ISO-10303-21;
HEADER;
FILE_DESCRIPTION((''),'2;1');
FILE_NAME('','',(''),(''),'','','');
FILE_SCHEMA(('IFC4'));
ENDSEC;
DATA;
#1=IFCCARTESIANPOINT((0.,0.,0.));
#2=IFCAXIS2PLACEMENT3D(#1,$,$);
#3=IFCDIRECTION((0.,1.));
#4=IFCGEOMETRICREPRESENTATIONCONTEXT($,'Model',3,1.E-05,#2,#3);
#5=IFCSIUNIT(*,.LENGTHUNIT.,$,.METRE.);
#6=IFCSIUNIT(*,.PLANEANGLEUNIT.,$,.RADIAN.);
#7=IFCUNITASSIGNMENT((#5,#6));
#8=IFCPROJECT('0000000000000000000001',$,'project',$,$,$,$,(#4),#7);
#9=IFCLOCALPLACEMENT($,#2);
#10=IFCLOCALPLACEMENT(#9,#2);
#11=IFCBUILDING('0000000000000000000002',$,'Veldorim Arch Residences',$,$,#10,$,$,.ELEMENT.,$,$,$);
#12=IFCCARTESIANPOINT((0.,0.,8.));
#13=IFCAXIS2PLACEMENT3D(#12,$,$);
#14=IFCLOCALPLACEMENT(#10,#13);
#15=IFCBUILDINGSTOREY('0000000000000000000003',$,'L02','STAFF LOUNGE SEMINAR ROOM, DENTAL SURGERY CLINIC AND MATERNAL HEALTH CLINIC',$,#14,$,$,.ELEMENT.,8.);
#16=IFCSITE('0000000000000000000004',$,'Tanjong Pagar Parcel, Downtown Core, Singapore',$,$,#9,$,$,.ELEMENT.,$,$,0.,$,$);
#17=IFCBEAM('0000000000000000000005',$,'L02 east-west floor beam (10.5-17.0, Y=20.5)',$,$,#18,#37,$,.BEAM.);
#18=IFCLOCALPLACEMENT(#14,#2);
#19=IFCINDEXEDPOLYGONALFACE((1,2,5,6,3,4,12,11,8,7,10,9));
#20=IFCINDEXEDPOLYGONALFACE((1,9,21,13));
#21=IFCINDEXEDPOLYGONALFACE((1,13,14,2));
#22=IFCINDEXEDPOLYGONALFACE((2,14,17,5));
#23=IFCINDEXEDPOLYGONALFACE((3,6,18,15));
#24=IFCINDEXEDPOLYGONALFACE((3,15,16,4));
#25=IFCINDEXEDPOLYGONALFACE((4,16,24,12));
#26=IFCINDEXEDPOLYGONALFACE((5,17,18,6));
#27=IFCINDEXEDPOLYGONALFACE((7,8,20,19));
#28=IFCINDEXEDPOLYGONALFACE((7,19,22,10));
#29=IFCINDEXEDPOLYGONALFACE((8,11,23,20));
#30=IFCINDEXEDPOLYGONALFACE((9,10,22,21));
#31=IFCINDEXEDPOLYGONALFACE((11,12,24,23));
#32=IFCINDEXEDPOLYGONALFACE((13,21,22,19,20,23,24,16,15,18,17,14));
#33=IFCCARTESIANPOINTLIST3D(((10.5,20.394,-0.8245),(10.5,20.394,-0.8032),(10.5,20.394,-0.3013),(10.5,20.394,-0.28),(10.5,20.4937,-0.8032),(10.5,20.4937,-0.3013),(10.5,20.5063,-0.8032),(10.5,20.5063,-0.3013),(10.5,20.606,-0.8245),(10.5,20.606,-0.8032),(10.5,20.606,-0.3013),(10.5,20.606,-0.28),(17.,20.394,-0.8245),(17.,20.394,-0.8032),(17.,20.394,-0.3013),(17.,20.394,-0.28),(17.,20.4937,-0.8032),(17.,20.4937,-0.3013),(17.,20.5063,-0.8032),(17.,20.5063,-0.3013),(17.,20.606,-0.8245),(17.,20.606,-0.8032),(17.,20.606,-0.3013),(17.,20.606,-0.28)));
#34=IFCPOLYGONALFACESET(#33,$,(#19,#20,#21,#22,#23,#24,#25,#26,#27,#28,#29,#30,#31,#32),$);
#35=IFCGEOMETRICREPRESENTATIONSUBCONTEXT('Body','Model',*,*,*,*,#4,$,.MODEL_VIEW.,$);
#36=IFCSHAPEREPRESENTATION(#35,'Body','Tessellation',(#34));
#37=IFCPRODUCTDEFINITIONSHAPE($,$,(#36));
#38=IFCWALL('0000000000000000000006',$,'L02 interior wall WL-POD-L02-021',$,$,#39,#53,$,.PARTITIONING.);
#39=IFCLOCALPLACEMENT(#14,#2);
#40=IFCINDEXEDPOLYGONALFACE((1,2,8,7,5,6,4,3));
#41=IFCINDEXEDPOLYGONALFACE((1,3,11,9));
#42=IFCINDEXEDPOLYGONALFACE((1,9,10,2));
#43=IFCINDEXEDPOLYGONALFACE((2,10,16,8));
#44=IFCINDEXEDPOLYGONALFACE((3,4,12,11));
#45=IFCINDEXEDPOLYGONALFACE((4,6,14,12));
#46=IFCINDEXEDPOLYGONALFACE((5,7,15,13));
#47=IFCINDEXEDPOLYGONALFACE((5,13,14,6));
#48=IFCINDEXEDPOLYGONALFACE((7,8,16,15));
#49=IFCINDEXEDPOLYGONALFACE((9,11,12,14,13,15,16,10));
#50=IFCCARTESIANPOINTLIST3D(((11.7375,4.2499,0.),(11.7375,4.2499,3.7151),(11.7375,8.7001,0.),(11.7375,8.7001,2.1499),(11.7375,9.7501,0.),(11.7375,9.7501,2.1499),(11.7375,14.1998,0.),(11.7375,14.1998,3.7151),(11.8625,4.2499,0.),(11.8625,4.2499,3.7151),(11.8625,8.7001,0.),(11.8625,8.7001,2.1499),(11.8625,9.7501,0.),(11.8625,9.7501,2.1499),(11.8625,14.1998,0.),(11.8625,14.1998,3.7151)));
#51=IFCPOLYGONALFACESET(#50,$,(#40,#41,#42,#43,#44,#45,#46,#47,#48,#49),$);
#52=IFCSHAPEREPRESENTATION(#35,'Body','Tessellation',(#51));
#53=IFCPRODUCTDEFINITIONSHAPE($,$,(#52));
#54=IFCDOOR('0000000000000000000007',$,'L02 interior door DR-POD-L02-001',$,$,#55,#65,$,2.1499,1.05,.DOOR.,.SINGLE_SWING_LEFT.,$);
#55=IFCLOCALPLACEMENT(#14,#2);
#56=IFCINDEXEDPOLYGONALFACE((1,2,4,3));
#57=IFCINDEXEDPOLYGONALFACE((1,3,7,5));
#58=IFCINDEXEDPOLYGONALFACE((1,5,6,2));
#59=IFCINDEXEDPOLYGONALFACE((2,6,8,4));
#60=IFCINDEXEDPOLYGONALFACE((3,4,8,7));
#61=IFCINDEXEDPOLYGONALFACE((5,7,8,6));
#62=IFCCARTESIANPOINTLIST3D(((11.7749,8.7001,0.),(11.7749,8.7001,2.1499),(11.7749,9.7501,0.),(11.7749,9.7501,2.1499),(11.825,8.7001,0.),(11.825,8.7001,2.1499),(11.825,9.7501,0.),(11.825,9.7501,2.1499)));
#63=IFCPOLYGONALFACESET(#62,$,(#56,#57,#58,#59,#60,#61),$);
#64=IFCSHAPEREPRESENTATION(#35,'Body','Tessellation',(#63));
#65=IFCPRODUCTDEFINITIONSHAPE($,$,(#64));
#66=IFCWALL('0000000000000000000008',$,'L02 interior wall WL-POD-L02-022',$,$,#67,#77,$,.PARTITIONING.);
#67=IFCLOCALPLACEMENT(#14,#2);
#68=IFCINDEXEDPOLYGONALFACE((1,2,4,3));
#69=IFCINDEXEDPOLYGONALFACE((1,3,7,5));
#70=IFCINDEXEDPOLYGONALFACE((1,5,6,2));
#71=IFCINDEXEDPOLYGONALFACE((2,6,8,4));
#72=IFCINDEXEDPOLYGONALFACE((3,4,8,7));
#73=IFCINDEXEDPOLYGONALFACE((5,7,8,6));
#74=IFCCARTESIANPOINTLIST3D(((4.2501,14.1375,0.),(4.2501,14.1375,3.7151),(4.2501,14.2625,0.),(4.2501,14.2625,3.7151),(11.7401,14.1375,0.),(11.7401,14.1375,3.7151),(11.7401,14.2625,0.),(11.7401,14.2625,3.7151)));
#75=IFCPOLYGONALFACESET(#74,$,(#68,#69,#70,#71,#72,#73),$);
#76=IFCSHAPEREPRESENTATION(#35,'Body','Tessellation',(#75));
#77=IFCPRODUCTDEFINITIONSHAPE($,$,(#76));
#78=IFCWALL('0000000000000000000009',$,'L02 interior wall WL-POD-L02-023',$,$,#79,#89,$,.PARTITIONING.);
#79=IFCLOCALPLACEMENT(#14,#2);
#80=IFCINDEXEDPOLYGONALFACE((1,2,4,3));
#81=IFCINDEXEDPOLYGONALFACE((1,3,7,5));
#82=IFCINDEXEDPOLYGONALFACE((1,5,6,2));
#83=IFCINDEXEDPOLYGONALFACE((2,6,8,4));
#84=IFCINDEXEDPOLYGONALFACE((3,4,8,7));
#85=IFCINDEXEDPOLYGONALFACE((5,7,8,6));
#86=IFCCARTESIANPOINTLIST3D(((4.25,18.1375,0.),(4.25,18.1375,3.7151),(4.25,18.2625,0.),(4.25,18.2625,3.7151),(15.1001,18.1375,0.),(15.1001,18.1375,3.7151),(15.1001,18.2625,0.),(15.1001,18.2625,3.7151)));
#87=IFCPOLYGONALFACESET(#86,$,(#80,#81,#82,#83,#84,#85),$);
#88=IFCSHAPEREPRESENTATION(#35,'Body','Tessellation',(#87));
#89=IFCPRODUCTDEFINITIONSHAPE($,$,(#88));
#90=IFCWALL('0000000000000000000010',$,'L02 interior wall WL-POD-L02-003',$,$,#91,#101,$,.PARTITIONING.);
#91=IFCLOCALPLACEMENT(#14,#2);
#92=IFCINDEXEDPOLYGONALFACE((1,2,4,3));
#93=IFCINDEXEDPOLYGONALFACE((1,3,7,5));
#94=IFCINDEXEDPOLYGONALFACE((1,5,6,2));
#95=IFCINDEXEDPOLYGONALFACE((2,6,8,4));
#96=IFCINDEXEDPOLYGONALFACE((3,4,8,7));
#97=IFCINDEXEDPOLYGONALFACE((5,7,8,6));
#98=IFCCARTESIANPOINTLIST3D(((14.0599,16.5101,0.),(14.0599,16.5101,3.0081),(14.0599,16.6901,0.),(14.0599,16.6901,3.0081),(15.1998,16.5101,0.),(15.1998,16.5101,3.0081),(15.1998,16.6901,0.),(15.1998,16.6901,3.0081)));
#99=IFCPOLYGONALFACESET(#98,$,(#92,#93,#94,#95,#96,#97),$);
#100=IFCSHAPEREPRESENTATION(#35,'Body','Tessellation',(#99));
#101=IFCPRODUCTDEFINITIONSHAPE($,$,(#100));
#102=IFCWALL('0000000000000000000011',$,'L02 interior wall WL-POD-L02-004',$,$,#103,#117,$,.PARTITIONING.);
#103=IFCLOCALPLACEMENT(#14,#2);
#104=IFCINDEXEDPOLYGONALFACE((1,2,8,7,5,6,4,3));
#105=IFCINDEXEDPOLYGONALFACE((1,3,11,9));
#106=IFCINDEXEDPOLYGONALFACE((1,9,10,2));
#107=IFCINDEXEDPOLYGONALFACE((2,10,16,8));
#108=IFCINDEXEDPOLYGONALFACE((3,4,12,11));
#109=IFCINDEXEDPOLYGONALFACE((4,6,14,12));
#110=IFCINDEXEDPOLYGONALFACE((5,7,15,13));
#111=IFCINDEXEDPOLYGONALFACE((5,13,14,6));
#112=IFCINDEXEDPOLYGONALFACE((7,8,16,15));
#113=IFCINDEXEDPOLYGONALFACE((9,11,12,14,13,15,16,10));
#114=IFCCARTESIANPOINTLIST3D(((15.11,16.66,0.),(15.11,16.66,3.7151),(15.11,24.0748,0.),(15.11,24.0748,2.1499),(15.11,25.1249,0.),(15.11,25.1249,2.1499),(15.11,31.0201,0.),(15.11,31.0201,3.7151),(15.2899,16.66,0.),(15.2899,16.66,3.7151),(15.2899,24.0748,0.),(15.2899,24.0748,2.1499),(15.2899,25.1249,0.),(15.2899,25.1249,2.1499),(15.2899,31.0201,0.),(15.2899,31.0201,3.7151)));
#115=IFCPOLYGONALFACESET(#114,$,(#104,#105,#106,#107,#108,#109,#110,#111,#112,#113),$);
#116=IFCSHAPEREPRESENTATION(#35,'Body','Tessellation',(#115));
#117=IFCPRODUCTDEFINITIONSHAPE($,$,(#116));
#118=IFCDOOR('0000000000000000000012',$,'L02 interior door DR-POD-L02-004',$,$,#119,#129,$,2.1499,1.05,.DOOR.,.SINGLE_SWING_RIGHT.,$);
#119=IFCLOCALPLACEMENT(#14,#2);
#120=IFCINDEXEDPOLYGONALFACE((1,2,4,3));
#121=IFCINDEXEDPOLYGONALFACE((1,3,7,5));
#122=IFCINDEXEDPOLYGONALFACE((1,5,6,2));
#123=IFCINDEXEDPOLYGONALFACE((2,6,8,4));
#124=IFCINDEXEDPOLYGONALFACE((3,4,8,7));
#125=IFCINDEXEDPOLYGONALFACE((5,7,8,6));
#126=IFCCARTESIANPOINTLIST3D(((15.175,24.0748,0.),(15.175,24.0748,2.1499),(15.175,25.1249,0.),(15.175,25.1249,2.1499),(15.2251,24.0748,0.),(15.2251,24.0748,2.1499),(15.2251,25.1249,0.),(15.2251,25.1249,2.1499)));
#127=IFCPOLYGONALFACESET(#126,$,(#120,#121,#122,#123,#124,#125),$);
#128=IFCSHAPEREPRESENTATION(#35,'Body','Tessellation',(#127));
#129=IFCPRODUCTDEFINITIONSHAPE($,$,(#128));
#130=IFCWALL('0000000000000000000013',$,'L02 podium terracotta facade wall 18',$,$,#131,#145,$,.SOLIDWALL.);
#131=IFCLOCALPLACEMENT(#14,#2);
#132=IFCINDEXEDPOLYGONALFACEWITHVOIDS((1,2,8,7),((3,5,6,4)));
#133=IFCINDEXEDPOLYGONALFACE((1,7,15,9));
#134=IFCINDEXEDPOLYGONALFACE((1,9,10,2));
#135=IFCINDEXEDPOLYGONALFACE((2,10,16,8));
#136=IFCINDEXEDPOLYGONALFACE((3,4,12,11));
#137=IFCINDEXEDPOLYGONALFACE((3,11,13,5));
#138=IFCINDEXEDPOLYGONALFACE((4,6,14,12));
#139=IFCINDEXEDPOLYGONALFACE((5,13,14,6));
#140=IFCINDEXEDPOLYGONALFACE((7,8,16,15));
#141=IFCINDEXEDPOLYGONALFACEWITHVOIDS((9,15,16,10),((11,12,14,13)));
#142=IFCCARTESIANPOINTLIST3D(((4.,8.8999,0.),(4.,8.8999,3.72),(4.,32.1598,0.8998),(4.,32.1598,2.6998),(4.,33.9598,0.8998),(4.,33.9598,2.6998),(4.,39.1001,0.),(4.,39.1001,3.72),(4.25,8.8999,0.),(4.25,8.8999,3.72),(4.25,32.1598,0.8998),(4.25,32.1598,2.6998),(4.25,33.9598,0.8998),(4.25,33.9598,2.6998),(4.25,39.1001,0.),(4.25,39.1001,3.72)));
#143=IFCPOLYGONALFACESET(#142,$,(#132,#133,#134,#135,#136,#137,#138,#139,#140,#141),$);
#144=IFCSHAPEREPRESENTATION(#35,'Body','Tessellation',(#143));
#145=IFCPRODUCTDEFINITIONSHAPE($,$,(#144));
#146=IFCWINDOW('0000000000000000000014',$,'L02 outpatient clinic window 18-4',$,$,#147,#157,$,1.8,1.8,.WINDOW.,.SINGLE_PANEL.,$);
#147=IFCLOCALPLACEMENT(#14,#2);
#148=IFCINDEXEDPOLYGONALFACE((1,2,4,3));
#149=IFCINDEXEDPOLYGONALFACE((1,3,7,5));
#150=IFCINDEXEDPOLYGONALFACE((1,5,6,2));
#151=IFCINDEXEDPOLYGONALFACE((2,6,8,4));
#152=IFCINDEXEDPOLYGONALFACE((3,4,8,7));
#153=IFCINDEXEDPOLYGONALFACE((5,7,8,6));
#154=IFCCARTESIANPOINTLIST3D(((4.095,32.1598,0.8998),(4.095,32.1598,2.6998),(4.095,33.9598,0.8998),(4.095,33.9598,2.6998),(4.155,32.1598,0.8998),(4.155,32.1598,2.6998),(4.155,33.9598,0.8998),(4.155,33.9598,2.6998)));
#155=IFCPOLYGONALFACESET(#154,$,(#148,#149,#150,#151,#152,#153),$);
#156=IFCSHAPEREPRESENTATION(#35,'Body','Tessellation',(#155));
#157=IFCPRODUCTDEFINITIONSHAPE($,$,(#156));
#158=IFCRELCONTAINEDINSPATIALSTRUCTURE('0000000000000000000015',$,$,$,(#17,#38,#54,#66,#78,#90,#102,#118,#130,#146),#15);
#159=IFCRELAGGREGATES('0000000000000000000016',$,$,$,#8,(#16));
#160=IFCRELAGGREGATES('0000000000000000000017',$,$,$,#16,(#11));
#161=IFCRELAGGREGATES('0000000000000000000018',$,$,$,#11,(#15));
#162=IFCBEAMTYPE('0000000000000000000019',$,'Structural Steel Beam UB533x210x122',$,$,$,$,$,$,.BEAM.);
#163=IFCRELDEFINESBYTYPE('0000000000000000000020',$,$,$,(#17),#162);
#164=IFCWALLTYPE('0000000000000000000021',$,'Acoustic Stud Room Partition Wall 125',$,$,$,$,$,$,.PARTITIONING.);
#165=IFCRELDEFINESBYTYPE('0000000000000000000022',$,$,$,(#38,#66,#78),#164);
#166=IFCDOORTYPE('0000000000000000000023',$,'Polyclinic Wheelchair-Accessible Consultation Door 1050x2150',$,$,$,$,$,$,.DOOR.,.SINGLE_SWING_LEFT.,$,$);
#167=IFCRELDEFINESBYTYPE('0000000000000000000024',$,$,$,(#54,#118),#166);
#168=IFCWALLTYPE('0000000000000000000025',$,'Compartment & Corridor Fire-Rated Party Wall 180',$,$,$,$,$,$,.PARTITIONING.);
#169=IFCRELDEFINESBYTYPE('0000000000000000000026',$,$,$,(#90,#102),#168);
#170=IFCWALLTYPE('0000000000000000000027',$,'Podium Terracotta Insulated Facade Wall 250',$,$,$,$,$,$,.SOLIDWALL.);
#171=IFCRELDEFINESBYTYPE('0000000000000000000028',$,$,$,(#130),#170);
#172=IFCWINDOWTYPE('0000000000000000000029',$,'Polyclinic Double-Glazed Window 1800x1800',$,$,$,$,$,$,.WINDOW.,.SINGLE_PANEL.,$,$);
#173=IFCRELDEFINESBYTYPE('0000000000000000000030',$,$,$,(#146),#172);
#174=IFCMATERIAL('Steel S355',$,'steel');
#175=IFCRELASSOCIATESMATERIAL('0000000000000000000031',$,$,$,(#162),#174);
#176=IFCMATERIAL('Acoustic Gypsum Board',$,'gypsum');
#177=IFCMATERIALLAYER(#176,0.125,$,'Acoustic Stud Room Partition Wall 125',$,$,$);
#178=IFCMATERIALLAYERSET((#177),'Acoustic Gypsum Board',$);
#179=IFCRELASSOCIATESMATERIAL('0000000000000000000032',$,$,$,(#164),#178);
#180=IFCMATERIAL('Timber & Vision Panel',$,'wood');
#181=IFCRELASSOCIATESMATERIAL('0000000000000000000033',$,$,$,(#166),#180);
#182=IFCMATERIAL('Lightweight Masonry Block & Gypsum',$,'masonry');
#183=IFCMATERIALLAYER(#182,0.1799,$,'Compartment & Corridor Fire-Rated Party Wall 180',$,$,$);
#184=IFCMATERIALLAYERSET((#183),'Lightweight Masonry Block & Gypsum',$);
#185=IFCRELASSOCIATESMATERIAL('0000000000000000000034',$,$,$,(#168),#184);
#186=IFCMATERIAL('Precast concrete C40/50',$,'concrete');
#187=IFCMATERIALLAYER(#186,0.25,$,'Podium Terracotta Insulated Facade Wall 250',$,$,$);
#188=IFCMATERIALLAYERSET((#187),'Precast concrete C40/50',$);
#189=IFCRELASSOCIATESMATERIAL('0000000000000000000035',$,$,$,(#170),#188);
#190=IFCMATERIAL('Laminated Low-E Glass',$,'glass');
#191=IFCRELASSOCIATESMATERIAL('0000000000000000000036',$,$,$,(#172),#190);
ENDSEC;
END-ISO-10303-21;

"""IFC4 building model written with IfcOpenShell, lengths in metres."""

from ifc_helpers import new_model, si_unit, direction, frame, frame_2d, origin, origin_2d, place, context, subcontext, project, spatial, rectangle, i_section, extrude, material, layer, layer_set, material_profile, profile_set, type_object, element, fill, save


model = new_model("IFC4")

# Units and contexts
model_context = context("Model", 3, precision=1e-05, world=origin(), true_north=direction((0.0, 1.0)))
body_context = subcontext(model_context, "Body", "Model", "MODEL_VIEW")
ifc_project = project(units=[si_unit("LENGTHUNIT", "METRE"), si_unit("PLANEANGLEUNIT", "RADIAN")], contexts=[model_context])

# Site, building, storey
site_placement = place(None, origin())
site = spatial("IfcSite", under=ifc_project, at=site_placement, Name="Tanjong Pagar Parcel, Downtown Core, Singapore", CompositionType="ELEMENT", RefElevation=0.0)
building_placement = place(site_placement, origin())
building = spatial("IfcBuilding", under=site, at=building_placement, Name="Veldorim Arch Residences", CompositionType="ELEMENT")
storey_placement = place(building_placement, frame((0.0, 0.0, 8.0)))
storey = spatial("IfcBuildingStorey", under=building, at=storey_placement, Name="L02", Description="STAFF LOUNGE SEMINAR ROOM, DENTAL SURGERY CLINIC AND MATERNAL HEALTH CLINIC", CompositionType="ELEMENT", Elevation=8.0)

# Beam
ifc_material_1 = material(Name="Steel S355", Category="steel")
ifc_material_profile_1 = material_profile(ifc_material_1, i_section(OverallWidth=0.2119, OverallDepth=0.5444, WebThickness=0.0127, FlangeThickness=0.0212, at=origin_2d()), Name="UB533x210x122")
ifc_profile_set_1 = profile_set([ifc_material_profile_1], Name="Steel S355")
beam_type_1 = type_object("IfcBeamType", Name="Structural Steel Beam UB533x210x122", PredefinedType="BEAM", material=ifc_profile_set_1)
beam_1_placement = place(storey_placement, frame((10.5, 20.5, -0.5522), z_axis=(1.0, 0.0, 0.0), x_axis=(0.0, 1.0, 0.0)))
element("IfcBeam", 1, at=beam_1_placement, inside=storey, type_object=beam_type_1, Name="L02 east-west floor beam (10.5-17.0, Y=20.5)", PredefinedType="BEAM", context=body_context, shape_type="SweptSolid", body=[
    extrude(i_section(OverallWidth=0.2119, OverallDepth=0.5444, WebThickness=0.0127, FlangeThickness=0.0212, at=origin_2d()), origin(), (0.0, 0.0, 1.0), 6.5),
])

# Wall, opening, door
ifc_material_2 = material(Name="Acoustic Gypsum Board", Category="gypsum")
ifc_layer_1 = layer(ifc_material_2, 0.125, Name="Acoustic Stud Room Partition Wall 125")
ifc_layer_set_1 = layer_set([ifc_layer_1], Name="Acoustic Gypsum Board")
wall_type_1 = type_object("IfcWallType", Name="Acoustic Stud Room Partition Wall 125", PredefinedType="PARTITIONING", material=ifc_layer_set_1)
wall_1_placement = place(storey_placement, frame((11.8, 14.2, 0.0), z_axis=(0.0, 0.0, 1.0), x_axis=(0.0, -1.0, 0.0)))
wall_1 = element("IfcWall", 2, at=wall_1_placement, inside=storey, type_object=wall_type_1, Name="L02 interior wall WL-POD-L02-021", PredefinedType="PARTITIONING", context=body_context, shape_type="SweptSolid", body=[
    extrude(rectangle(XDim=9.95, YDim=0.125, at=frame_2d((4.9751, 0.0))), origin(), (0.0, 0.0, 1.0), 3.7151),
])
opening_1_placement = place(wall_1_placement, frame((4.45, 0.0, 0.0)))
opening_1 = element("IfcOpeningElement", 3, at=opening_1_placement, cuts=wall_1, PredefinedType="OPENING", context=body_context, shape_type="SweptSolid", body=[
    extrude(rectangle(XDim=1.05, YDim=2.1499, at=frame_2d((0.5249, 1.075))), frame((0.0, 0.0725, 0.0), z_axis=(0.0, -1.0, 0.0), x_axis=(1.0, 0.0, 0.0)), (0.0, 0.0, 1.0), 0.145),
])
ifc_material_3 = material(Name="Timber & Vision Panel", Category="wood")
door_type = type_object("IfcDoorType", Name="Polyclinic Wheelchair-Accessible Consultation Door 1050x2150", OperationType="SINGLE_SWING_LEFT", PredefinedType="DOOR", material=ifc_material_3)
door_1_placement = place(opening_1_placement, origin())
door_1 = element("IfcDoor", 4, at=door_1_placement, inside=storey, type_object=door_type, Name="L02 interior door DR-POD-L02-001", OperationType="SINGLE_SWING_LEFT", OverallHeight=2.1499, OverallWidth=1.05, PredefinedType="DOOR", context=body_context, shape_type="SweptSolid", body=[
    extrude(rectangle(XDim=1.05, YDim=2.1499, at=frame_2d((0.5249, 1.075))), frame((0.0, 0.0249, 0.0), z_axis=(0.0, -1.0, 0.0), x_axis=(1.0, 0.0, 0.0)), (0.0, 0.0, 1.0), 0.05),
])
fill(opening_1, door_1)

# Walls
wall_2_placement = place(storey_placement, frame((4.25, 14.2, 0.0), z_axis=(0.0, 0.0, 1.0), x_axis=(1.0, 0.0, 0.0)))
element("IfcWall", 5, at=wall_2_placement, inside=storey, type_object=wall_type_1, Name="L02 interior wall WL-POD-L02-022", PredefinedType="PARTITIONING", context=body_context, shape_type="SweptSolid", body=[
    extrude(rectangle(XDim=7.49, YDim=0.125, at=frame_2d((3.7451, 0.0))), origin(), (0.0, 0.0, 1.0), 3.7151),
])
wall_3_placement = place(storey_placement, frame((4.25, 18.2, 0.0), z_axis=(0.0, 0.0, 1.0), x_axis=(1.0, 0.0, 0.0)))
element("IfcWall", 6, at=wall_3_placement, inside=storey, type_object=wall_type_1, Name="L02 interior wall WL-POD-L02-023", PredefinedType="PARTITIONING", context=body_context, shape_type="SweptSolid", body=[
    extrude(rectangle(XDim=10.8501, YDim=0.125, at=frame_2d((5.425, 0.0))), origin(), (0.0, 0.0, 1.0), 3.7151),
])

# Shared definitions
ifc_material_4 = material(Name="Lightweight Masonry Block & Gypsum", Category="masonry")
ifc_layer_2 = layer(ifc_material_4, 0.1799, Name="Compartment & Corridor Fire-Rated Party Wall 180")
ifc_layer_set_2 = layer_set([ifc_layer_2], Name="Lightweight Masonry Block & Gypsum")
wall_type_2 = type_object("IfcWallType", Name="Compartment & Corridor Fire-Rated Party Wall 180", PredefinedType="PARTITIONING", material=ifc_layer_set_2)

# Wall
wall_4_placement = place(storey_placement, frame((14.0601, 16.6001, 0.0), z_axis=(0.0, 0.0, 1.0), x_axis=(1.0, 0.0, 0.0)))
element("IfcWall", 7, at=wall_4_placement, inside=storey, type_object=wall_type_2, Name="L02 interior wall WL-POD-L02-003", PredefinedType="PARTITIONING", context=body_context, shape_type="SweptSolid", body=[
    extrude(rectangle(XDim=1.1399, YDim=0.1799, at=frame_2d((0.5698, 0.0))), origin(), (0.0, 0.0, 1.0), 3.0081),
])

# Wall, opening, door
wall_5_placement = place(storey_placement, frame((15.2, 16.6599, 0.0), z_axis=(0.0, 0.0, 1.0), x_axis=(0.0, 1.0, 0.0)))
wall_5 = element("IfcWall", 8, at=wall_5_placement, inside=storey, type_object=wall_type_2, Name="L02 interior wall WL-POD-L02-004", PredefinedType="PARTITIONING", context=body_context, shape_type="SweptSolid", body=[
    extrude(rectangle(XDim=14.3601, YDim=0.1799, at=frame_2d((7.1802, 0.0))), origin(), (0.0, 0.0, 1.0), 3.7151),
])
opening_2_placement = place(wall_5_placement, frame((7.415, 0.0, 0.0)))
opening_2 = element("IfcOpeningElement", 9, at=opening_2_placement, cuts=wall_5, PredefinedType="OPENING", context=body_context, shape_type="SweptSolid", body=[
    extrude(rectangle(XDim=1.05, YDim=2.1499, at=frame_2d((0.5249, 1.075))), frame((0.0, 0.0999, 0.0), z_axis=(0.0, -1.0, 0.0), x_axis=(1.0, 0.0, 0.0)), (0.0, 0.0, 1.0), 0.2),
])
door_2_placement = place(opening_2_placement, origin())
door_2 = element("IfcDoor", 10, at=door_2_placement, inside=storey, type_object=door_type, Name="L02 interior door DR-POD-L02-004", OperationType="SINGLE_SWING_RIGHT", OverallHeight=2.1499, OverallWidth=1.05, PredefinedType="DOOR", context=body_context, shape_type="SweptSolid", body=[
    extrude(rectangle(XDim=1.05, YDim=2.1499, at=frame_2d((0.5249, 1.075))), frame((0.0, 0.0249, 0.0), z_axis=(0.0, -1.0, 0.0), x_axis=(1.0, 0.0, 0.0)), (0.0, 0.0, 1.0), 0.05),
])
fill(opening_2, door_2)

# Wall, opening, window
ifc_material_5 = material(Name="Precast concrete C40/50", Category="concrete")
ifc_layer_3 = layer(ifc_material_5, 0.25, Name="Podium Terracotta Insulated Facade Wall 250")
ifc_layer_set_3 = layer_set([ifc_layer_3], Name="Precast concrete C40/50")
wall_type_3 = type_object("IfcWallType", Name="Podium Terracotta Insulated Facade Wall 250", PredefinedType="SOLIDWALL", material=ifc_layer_set_3)
wall_6_placement = place(storey_placement, frame((4.125, 8.8999, 0.0), z_axis=(0.0, 0.0, 1.0), x_axis=(0.0, 1.0, 0.0)))
wall_6 = element("IfcWall", 11, at=wall_6_placement, inside=storey, type_object=wall_type_3, Name="L02 podium terracotta facade wall 18", PredefinedType="SOLIDWALL", context=body_context, shape_type="SweptSolid", body=[
    extrude(rectangle(XDim=30.2002, YDim=0.25, at=frame_2d((15.1001, 0.0))), origin(), (0.0, 0.0, 1.0), 3.72),
])
opening_3_placement = place(wall_6_placement, frame((23.26, 0.0, 0.8999)))
opening_3 = element("IfcOpeningElement", 12, at=opening_3_placement, cuts=wall_6, PredefinedType="OPENING", context=body_context, shape_type="SweptSolid", body=[
    extrude(rectangle(XDim=1.8, YDim=1.8, at=frame_2d((0.8999, 0.8999))), frame((0.0, 0.135, 0.0), z_axis=(0.0, -1.0, 0.0), x_axis=(1.0, 0.0, 0.0)), (0.0, 0.0, 1.0), 0.27),
])
ifc_material_6 = material(Name="Laminated Low-E Glass", Category="glass")
window_type = type_object("IfcWindowType", Name="Polyclinic Double-Glazed Window 1800x1800", PartitioningType="SINGLE_PANEL", PredefinedType="WINDOW", material=ifc_material_6)
window_placement = place(opening_3_placement, origin())
window = element("IfcWindow", 13, at=window_placement, inside=storey, type_object=window_type, Name="L02 outpatient clinic window 18-4", OverallHeight=1.8, OverallWidth=1.8, PartitioningType="SINGLE_PANEL", PredefinedType="WINDOW", context=body_context, shape_type="SweptSolid", body=[
    extrude(rectangle(XDim=1.8, YDim=1.8, at=frame_2d((0.8999, 0.8999))), frame((0.0, 0.03, 0.0), z_axis=(0.0, -1.0, 0.0), x_axis=(1.0, 0.0, 0.0)), (0.0, 0.0, 1.0), 0.0601),
])
fill(opening_3, window)

save(model, "model.ifc")
